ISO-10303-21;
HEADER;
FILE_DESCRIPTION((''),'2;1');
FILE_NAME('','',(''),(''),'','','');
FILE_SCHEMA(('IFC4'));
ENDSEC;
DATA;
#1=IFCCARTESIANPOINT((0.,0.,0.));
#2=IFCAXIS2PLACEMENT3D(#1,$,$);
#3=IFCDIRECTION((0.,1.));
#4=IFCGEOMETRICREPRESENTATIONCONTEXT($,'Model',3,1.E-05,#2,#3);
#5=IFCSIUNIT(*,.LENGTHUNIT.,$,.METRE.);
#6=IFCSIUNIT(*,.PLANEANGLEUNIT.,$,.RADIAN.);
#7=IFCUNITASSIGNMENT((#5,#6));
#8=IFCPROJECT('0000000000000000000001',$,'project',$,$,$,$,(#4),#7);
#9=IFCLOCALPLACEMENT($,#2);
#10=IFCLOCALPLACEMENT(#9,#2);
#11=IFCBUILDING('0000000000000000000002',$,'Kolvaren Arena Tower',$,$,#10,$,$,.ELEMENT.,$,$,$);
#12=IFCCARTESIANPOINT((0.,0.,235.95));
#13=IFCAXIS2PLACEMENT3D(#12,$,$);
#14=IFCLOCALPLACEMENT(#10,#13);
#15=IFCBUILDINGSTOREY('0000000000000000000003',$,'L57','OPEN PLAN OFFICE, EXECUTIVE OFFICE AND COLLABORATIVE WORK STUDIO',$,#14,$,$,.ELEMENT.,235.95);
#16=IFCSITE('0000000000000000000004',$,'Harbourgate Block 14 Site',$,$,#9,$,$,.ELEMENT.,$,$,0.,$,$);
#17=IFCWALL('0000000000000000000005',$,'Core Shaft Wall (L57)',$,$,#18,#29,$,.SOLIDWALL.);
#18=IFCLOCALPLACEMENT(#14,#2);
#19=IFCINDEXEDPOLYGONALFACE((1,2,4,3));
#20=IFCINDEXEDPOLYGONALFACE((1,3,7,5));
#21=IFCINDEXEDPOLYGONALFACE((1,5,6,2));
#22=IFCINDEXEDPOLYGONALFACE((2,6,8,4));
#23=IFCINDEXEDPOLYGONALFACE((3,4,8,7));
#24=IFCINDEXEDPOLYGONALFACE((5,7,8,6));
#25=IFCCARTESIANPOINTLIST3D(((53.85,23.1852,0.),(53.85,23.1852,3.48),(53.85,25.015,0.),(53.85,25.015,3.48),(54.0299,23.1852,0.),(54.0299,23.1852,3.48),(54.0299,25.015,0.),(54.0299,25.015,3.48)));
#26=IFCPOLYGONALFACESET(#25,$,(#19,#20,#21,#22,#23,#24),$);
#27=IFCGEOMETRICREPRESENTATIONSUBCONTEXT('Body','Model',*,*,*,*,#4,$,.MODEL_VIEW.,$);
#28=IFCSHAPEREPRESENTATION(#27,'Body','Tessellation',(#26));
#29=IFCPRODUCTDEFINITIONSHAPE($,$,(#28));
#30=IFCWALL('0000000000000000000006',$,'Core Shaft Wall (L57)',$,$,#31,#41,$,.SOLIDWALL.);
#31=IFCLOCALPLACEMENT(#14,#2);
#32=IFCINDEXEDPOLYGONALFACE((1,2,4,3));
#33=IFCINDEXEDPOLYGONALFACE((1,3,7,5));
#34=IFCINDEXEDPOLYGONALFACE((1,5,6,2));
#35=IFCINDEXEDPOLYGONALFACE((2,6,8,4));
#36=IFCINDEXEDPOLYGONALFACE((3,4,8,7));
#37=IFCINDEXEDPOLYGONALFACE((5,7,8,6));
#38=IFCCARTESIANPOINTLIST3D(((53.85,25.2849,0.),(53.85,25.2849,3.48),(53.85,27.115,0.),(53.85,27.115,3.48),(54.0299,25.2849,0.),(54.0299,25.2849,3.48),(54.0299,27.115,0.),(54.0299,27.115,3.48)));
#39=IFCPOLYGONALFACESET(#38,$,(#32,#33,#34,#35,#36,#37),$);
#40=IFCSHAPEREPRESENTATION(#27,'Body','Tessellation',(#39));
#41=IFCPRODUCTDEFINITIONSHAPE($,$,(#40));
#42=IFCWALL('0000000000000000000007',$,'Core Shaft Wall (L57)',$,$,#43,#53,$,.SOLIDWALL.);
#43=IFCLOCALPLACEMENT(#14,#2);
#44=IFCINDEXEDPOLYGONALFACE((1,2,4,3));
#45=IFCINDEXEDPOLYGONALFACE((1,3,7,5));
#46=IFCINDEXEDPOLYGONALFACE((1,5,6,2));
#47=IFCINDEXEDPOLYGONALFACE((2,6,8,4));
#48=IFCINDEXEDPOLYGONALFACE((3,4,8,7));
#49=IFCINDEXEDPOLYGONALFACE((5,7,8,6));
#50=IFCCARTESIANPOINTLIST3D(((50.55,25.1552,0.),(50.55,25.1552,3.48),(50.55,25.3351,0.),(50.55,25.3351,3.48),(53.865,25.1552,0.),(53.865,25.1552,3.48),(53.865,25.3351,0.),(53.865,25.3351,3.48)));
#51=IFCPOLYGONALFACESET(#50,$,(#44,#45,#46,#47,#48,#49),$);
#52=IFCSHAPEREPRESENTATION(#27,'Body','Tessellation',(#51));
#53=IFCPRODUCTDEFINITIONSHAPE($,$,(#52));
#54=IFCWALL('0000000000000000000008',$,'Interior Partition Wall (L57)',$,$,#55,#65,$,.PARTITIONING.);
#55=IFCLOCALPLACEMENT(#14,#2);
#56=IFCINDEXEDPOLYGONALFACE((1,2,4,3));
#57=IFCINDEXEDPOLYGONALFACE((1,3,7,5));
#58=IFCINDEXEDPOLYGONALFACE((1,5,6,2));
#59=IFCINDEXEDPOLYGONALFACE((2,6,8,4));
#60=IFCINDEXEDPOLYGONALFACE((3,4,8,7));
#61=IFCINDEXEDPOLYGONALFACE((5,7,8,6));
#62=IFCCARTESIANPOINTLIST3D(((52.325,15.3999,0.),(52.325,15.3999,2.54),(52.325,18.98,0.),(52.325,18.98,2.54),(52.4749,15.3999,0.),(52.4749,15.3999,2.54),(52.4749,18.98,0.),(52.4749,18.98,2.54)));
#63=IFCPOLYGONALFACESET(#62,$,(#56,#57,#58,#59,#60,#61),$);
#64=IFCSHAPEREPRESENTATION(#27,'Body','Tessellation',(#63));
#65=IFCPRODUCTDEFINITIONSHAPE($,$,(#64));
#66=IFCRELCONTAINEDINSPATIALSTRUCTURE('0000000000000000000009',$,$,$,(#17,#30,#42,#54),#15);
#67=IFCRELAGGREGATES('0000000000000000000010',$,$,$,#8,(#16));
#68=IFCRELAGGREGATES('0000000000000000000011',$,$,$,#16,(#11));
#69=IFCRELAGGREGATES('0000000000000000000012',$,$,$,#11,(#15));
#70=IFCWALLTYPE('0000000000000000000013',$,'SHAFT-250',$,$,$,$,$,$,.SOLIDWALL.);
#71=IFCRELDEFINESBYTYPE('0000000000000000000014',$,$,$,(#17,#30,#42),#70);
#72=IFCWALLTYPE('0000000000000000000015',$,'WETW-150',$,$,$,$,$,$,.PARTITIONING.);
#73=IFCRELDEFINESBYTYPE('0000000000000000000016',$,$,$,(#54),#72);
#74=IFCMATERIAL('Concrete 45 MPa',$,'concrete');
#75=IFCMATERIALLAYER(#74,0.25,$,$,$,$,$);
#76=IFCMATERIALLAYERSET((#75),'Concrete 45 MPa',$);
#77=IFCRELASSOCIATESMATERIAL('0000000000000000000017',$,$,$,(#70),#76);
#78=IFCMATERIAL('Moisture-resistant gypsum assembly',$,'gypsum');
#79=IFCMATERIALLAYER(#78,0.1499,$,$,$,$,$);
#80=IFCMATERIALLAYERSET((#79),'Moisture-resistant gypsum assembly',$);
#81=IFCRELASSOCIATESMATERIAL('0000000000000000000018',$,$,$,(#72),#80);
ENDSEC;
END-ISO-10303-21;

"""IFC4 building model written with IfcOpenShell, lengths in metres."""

from ifc_helpers import new_model, si_unit, direction, frame, frame_2d, origin, place, context, subcontext, project, spatial, rectangle, extrude, material, layer, layer_set, type_object, element, save


model = new_model("IFC4")

# Units and contexts
model_context = context("Model", 3, precision=1e-05, world=origin(), true_north=direction((0.0, 1.0)))
body_context = subcontext(model_context, "Body", "Model", "MODEL_VIEW")
ifc_project = project(units=[si_unit("LENGTHUNIT", "METRE"), si_unit("PLANEANGLEUNIT", "RADIAN")], contexts=[model_context])

# Site, building, storey
site_placement = place(None, origin())
site = spatial("IfcSite", under=ifc_project, at=site_placement, Name="Harbourgate Block 14 Site", CompositionType="ELEMENT", RefElevation=0.0)
building_placement = place(site_placement, origin())
building = spatial("IfcBuilding", under=site, at=building_placement, Name="Kolvaren Arena Tower", CompositionType="ELEMENT")
storey_placement = place(building_placement, frame((0.0, 0.0, 235.95)))
storey = spatial("IfcBuildingStorey", under=building, at=storey_placement, Name="L57", Description="OPEN PLAN OFFICE, EXECUTIVE OFFICE AND COLLABORATIVE WORK STUDIO", CompositionType="ELEMENT", Elevation=235.95)

# Shared definitions
ifc_material_1 = material(Name="Concrete 45 MPa", Category="concrete")
ifc_layer_1 = layer(ifc_material_1, 0.25)
ifc_layer_set_1 = layer_set([ifc_layer_1], Name="Concrete 45 MPa")
wall_type_1 = type_object("IfcWallType", Name="SHAFT-250", PredefinedType="SOLIDWALL", material=ifc_layer_set_1)

# Walls
wall_1_placement = place(storey_placement, frame((53.9399, 23.1851, 0.0), z_axis=(0.0, 0.0, 1.0), x_axis=(0.0, 1.0, 0.0)))
element("IfcWall", 1, at=wall_1_placement, inside=storey, type_object=wall_type_1, Name="Core Shaft Wall (L57)", PredefinedType="SOLIDWALL", context=body_context, shape_type="SweptSolid", body=[
    extrude(rectangle(XDim=1.8298, YDim=0.1799, at=frame_2d((0.915, 0.0))), origin(), (0.0, 0.0, 1.0), 3.48),
])
wall_2_placement = place(storey_placement, frame((53.9399, 25.2849, 0.0), z_axis=(0.0, 0.0, 1.0), x_axis=(0.0, 1.0, 0.0)))
element("IfcWall", 2, at=wall_2_placement, inside=storey, type_object=wall_type_1, Name="Core Shaft Wall (L57)", PredefinedType="SOLIDWALL", context=body_context, shape_type="SweptSolid", body=[
    extrude(rectangle(XDim=1.8301, YDim=0.1799, at=frame_2d((0.915, 0.0))), origin(), (0.0, 0.0, 1.0), 3.48),
])
wall_3_placement = place(storey_placement, frame((50.55, 25.2451, 0.0), z_axis=(0.0, 0.0, 1.0), x_axis=(1.0, 0.0, 0.0)))
element("IfcWall", 3, at=wall_3_placement, inside=storey, type_object=wall_type_1, Name="Core Shaft Wall (L57)", PredefinedType="SOLIDWALL", context=body_context, shape_type="SweptSolid", body=[
    extrude(rectangle(XDim=3.3149, YDim=0.1799, at=frame_2d((1.6575, 0.0))), origin(), (0.0, 0.0, 1.0), 3.48),
])
ifc_material_2 = material(Name="Moisture-resistant gypsum assembly", Category="gypsum")
ifc_layer_2 = layer(ifc_material_2, 0.1499)
ifc_layer_set_2 = layer_set([ifc_layer_2], Name="Moisture-resistant gypsum assembly")
wall_type_2 = type_object("IfcWallType", Name="WETW-150", PredefinedType="PARTITIONING", material=ifc_layer_set_2)
wall_4_placement = place(storey_placement, frame((52.3999, 15.3999, 0.0), z_axis=(0.0, 0.0, 1.0), x_axis=(0.0, 1.0, 0.0)))
element("IfcWall", 4, at=wall_4_placement, inside=storey, type_object=wall_type_2, Name="Interior Partition Wall (L57)", PredefinedType="PARTITIONING", context=body_context, shape_type="SweptSolid", body=[
    extrude(rectangle(XDim=3.5801, YDim=0.1499, at=frame_2d((1.79, 0.0))), origin(), (0.0, 0.0, 1.0), 2.54),
])

save(model, "model.ifc")
